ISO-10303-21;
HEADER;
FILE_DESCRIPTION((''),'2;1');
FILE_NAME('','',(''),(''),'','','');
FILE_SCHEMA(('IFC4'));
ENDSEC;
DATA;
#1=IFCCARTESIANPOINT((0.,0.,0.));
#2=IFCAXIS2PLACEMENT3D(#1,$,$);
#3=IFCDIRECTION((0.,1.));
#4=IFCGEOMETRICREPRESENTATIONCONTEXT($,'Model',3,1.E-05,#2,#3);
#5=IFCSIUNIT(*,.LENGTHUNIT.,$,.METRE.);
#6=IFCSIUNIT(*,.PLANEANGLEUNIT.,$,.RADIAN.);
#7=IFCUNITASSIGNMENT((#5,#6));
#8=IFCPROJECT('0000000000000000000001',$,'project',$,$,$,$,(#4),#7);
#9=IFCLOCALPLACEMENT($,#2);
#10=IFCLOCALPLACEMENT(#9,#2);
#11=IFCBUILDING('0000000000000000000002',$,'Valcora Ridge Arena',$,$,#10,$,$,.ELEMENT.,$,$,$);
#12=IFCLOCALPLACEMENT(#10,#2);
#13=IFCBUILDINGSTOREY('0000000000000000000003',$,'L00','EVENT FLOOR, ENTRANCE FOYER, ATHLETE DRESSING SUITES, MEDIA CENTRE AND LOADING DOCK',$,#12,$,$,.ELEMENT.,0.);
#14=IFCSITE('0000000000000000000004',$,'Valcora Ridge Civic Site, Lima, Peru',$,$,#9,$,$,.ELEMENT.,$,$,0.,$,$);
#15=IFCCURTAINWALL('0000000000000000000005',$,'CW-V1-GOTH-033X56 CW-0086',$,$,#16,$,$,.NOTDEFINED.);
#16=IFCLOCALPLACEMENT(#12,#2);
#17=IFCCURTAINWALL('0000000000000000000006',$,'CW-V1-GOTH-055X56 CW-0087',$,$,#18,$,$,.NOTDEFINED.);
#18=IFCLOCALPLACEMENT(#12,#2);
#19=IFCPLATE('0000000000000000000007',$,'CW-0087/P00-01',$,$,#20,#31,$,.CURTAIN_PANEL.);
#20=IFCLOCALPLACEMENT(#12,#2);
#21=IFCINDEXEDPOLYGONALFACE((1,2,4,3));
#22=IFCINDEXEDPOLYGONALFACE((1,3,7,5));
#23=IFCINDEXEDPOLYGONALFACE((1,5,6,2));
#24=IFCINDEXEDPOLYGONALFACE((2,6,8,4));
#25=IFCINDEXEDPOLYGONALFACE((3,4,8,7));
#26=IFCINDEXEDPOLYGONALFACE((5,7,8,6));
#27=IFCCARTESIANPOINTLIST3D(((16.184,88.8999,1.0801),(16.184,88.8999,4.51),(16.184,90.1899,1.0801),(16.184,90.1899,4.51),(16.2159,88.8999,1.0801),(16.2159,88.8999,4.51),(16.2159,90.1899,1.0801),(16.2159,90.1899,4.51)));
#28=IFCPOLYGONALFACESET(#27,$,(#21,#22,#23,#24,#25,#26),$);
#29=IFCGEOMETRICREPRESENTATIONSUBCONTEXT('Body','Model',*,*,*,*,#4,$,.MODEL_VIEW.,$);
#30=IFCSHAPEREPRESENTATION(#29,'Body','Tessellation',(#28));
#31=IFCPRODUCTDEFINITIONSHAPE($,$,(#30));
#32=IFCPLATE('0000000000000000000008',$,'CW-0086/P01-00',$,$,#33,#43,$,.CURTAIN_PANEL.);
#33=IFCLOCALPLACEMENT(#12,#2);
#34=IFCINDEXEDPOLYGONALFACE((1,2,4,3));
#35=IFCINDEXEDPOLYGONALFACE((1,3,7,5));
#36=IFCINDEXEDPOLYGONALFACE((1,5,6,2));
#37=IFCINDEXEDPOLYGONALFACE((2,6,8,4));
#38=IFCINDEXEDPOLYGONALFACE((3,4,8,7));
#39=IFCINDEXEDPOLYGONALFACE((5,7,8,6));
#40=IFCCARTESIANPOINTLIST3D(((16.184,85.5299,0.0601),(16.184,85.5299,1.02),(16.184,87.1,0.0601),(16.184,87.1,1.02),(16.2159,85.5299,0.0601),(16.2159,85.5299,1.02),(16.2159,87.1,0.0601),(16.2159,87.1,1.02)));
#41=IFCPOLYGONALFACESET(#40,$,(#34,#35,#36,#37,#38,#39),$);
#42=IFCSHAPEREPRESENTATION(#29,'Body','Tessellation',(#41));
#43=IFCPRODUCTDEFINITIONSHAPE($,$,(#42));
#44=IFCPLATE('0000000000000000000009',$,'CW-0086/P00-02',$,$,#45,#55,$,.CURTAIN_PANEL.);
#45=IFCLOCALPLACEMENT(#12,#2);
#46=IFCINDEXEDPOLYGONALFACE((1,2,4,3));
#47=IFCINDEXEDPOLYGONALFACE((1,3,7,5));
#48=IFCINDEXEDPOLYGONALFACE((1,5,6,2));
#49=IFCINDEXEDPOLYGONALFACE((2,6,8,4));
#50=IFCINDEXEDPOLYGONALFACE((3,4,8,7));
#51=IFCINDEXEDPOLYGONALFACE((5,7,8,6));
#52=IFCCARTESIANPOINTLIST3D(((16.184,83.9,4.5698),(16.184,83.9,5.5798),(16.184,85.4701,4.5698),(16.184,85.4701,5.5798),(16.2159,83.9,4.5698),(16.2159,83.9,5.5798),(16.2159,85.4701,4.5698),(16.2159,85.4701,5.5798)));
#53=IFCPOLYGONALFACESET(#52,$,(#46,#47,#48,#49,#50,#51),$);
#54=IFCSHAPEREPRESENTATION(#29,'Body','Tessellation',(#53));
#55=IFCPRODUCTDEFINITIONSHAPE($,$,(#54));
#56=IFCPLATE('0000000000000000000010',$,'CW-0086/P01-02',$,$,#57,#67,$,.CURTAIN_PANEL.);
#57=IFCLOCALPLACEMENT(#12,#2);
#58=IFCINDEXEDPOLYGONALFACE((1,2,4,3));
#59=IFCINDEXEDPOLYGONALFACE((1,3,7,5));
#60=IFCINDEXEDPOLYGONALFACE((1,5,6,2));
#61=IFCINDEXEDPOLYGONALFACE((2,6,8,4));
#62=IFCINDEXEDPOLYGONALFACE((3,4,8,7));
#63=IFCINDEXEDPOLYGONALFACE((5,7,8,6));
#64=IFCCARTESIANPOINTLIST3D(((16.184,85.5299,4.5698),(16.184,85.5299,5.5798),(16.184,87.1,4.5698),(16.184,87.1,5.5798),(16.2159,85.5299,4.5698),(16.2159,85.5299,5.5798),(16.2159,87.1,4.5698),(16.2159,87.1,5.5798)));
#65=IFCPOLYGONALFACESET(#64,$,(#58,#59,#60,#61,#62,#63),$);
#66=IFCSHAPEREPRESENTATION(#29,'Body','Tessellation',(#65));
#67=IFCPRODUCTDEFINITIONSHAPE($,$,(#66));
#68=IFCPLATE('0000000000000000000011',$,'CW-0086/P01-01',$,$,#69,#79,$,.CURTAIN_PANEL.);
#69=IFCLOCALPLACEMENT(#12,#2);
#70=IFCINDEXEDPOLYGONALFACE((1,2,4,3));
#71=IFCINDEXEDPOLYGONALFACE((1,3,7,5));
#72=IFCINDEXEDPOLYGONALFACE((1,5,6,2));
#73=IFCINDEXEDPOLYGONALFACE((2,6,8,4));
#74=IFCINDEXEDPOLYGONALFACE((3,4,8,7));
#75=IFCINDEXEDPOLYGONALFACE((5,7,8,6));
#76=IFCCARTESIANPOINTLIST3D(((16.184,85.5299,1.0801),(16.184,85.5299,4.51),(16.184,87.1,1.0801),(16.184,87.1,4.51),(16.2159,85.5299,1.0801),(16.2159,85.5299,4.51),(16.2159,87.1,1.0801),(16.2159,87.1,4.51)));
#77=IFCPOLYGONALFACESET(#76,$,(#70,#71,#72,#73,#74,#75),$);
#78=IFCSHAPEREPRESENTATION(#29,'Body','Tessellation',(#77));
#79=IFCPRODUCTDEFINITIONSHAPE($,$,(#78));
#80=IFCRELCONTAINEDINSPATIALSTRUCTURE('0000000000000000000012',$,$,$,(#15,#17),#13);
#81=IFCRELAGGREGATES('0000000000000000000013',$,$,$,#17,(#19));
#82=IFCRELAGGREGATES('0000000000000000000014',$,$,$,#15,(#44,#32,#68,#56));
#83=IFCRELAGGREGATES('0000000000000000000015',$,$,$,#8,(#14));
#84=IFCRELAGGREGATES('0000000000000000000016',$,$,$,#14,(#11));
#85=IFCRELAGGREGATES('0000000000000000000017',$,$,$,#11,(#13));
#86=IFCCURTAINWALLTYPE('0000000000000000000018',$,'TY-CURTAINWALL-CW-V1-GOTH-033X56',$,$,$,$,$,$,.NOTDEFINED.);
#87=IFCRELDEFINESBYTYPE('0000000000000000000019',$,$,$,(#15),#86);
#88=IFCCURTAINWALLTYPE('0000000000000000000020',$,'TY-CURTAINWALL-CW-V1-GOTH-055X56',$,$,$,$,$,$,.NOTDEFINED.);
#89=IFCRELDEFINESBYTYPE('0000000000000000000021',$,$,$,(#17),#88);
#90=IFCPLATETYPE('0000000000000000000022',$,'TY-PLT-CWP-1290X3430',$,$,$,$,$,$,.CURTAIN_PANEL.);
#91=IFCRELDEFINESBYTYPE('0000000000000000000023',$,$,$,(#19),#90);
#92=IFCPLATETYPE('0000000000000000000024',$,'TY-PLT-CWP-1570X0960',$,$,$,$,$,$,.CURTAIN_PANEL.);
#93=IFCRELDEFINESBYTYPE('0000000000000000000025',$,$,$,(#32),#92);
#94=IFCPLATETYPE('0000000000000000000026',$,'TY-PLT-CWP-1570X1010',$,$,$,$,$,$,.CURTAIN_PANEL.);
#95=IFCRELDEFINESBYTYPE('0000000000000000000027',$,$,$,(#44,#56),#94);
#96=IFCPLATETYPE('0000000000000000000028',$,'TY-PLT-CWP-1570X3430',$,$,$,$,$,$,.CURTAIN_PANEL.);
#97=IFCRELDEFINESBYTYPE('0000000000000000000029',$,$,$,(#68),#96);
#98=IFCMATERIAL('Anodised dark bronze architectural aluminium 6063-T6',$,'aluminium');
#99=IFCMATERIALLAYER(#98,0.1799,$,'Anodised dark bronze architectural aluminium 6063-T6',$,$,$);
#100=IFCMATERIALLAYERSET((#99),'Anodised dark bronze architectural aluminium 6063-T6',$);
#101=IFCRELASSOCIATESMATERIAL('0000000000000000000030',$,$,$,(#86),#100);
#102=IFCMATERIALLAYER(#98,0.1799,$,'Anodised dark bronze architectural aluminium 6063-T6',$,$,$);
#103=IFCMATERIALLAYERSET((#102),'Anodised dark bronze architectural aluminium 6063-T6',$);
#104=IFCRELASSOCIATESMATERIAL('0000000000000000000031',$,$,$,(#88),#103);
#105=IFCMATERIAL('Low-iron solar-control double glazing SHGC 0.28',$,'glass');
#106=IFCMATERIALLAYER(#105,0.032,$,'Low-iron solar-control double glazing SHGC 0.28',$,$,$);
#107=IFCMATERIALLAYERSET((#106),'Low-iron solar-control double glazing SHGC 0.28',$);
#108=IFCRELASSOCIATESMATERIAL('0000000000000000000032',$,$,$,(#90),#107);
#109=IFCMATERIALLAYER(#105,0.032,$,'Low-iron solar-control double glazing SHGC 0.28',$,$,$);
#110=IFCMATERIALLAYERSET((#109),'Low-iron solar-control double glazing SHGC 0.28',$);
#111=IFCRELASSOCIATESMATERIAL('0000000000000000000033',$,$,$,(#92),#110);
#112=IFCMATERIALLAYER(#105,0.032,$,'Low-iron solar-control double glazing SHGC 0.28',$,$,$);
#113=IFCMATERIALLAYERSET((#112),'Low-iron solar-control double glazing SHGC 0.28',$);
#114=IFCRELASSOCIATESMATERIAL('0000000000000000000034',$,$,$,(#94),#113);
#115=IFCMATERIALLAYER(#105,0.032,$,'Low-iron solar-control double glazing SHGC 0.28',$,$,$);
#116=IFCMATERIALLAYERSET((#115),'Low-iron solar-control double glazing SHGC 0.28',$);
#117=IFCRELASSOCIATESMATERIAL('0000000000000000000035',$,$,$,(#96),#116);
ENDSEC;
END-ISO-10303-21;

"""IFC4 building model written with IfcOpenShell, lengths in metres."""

from ifc_helpers import new_model, si_unit, direction, frame, origin, origin_2d, place, context, subcontext, project, spatial, rectangle, extrude, material, layer, layer_set, type_object, element, aggregate, save


model = new_model("IFC4")

# Units and contexts
model_context = context("Model", 3, precision=1e-05, world=origin(), true_north=direction((0.0, 1.0)))
body_context = subcontext(model_context, "Body", "Model", "MODEL_VIEW")
ifc_project = project(units=[si_unit("LENGTHUNIT", "METRE"), si_unit("PLANEANGLEUNIT", "RADIAN")], contexts=[model_context])

# Site, building, storey
site_placement = place(None, origin())
site = spatial("IfcSite", under=ifc_project, at=site_placement, Name="Valcora Ridge Civic Site, Lima, Peru", CompositionType="ELEMENT", RefElevation=0.0)
building_placement = place(site_placement, origin())
building = spatial("IfcBuilding", under=site, at=building_placement, Name="Valcora Ridge Arena", CompositionType="ELEMENT")
storey_placement = place(building_placement, origin())
storey = spatial("IfcBuildingStorey", under=building, at=storey_placement, Name="L00", Description="EVENT FLOOR, ENTRANCE FOYER, ATHLETE DRESSING SUITES, MEDIA CENTRE AND LOADING DOCK", CompositionType="ELEMENT", Elevation=0.0)

# Curtain walls
ifc_material_1 = material(Name="Anodised dark bronze architectural aluminium 6063-T6", Category="aluminium")
ifc_layer_1 = layer(ifc_material_1, 0.1799, Name="Anodised dark bronze architectural aluminium 6063-T6")
ifc_layer_set_1 = layer_set([ifc_layer_1], Name="Anodised dark bronze architectural aluminium 6063-T6")
curtain_wall_type_1 = type_object("IfcCurtainWallType", Name="TY-CURTAINWALL-CW-V1-GOTH-033X56", PredefinedType="NOTDEFINED", material=ifc_layer_set_1)
curtain_wall_1_placement = place(storey_placement, origin())
curtain_wall_1 = element("IfcCurtainWall", 1, at=curtain_wall_1_placement, inside=storey, type_object=curtain_wall_type_1, Name="CW-V1-GOTH-033X56 CW-0086", PredefinedType="NOTDEFINED")
ifc_layer_2 = layer(ifc_material_1, 0.1799, Name="Anodised dark bronze architectural aluminium 6063-T6")
ifc_layer_set_2 = layer_set([ifc_layer_2], Name="Anodised dark bronze architectural aluminium 6063-T6")
curtain_wall_type_2 = type_object("IfcCurtainWallType", Name="TY-CURTAINWALL-CW-V1-GOTH-055X56", PredefinedType="NOTDEFINED", material=ifc_layer_set_2)
curtain_wall_2_placement = place(storey_placement, origin())
curtain_wall_2 = element("IfcCurtainWall", 2, at=curtain_wall_2_placement, inside=storey, type_object=curtain_wall_type_2, Name="CW-V1-GOTH-055X56 CW-0087", PredefinedType="NOTDEFINED")

# Plates
ifc_material_2 = material(Name="Low-iron solar-control double glazing SHGC 0.28", Category="glass")
ifc_layer_3 = layer(ifc_material_2, 0.032, Name="Low-iron solar-control double glazing SHGC 0.28")
ifc_layer_set_3 = layer_set([ifc_layer_3], Name="Low-iron solar-control double glazing SHGC 0.28")
plate_type_1 = type_object("IfcPlateType", Name="TY-PLT-CWP-1290X3430", PredefinedType="CURTAIN_PANEL", material=ifc_layer_set_3)
plate_1_placement = place(storey_placement, frame((16.2, 89.5449, 1.0801), z_axis=(0.0, 0.0, 1.0), x_axis=(0.0, 1.0, 0.0)))
plate_1 = element("IfcPlate", 3, at=plate_1_placement, type_object=plate_type_1, Name="CW-0087/P00-01", PredefinedType="CURTAIN_PANEL", context=body_context, shape_type="SweptSolid", body=[
    extrude(rectangle(XDim=1.29, YDim=0.032, at=origin_2d()), origin(), (0.0, 0.0, 1.0), 3.4299),
])
aggregate(curtain_wall_2, [plate_1])
ifc_layer_4 = layer(ifc_material_2, 0.032, Name="Low-iron solar-control double glazing SHGC 0.28")
ifc_layer_set_4 = layer_set([ifc_layer_4], Name="Low-iron solar-control double glazing SHGC 0.28")
plate_type_2 = type_object("IfcPlateType", Name="TY-PLT-CWP-1570X0960", PredefinedType="CURTAIN_PANEL", material=ifc_layer_set_4)
plate_2_placement = place(storey_placement, frame((16.2, 86.3149, 0.0601), z_axis=(0.0, 0.0, 1.0), x_axis=(0.0, 1.0, 0.0)))
plate_2 = element("IfcPlate", 4, at=plate_2_placement, type_object=plate_type_2, Name="CW-0086/P01-00", PredefinedType="CURTAIN_PANEL", context=body_context, shape_type="SweptSolid", body=[
    extrude(rectangle(XDim=1.5701, YDim=0.032, at=origin_2d()), origin(), (0.0, 0.0, 1.0), 0.96),
])
ifc_layer_5 = layer(ifc_material_2, 0.032, Name="Low-iron solar-control double glazing SHGC 0.28")
ifc_layer_set_5 = layer_set([ifc_layer_5], Name="Low-iron solar-control double glazing SHGC 0.28")
plate_type_3 = type_object("IfcPlateType", Name="TY-PLT-CWP-1570X1010", PredefinedType="CURTAIN_PANEL", material=ifc_layer_set_5)
plate_3_placement = place(storey_placement, frame((16.2, 84.6851, 4.5698), z_axis=(0.0, 0.0, 1.0), x_axis=(0.0, 1.0, 0.0)))
plate_3 = element("IfcPlate", 5, at=plate_3_placement, type_object=plate_type_3, Name="CW-0086/P00-02", PredefinedType="CURTAIN_PANEL", context=body_context, shape_type="SweptSolid", body=[
    extrude(rectangle(XDim=1.5701, YDim=0.032, at=origin_2d()), origin(), (0.0, 0.0, 1.0), 1.01),
])
plate_4_placement = place(storey_placement, frame((16.2, 86.3149, 4.5698), z_axis=(0.0, 0.0, 1.0), x_axis=(0.0, 1.0, 0.0)))
plate_4 = element("IfcPlate", 6, at=plate_4_placement, type_object=plate_type_3, Name="CW-0086/P01-02", PredefinedType="CURTAIN_PANEL", context=body_context, shape_type="SweptSolid", body=[
    extrude(rectangle(XDim=1.5701, YDim=0.032, at=origin_2d()), origin(), (0.0, 0.0, 1.0), 1.01),
])
ifc_layer_6 = layer(ifc_material_2, 0.032, Name="Low-iron solar-control double glazing SHGC 0.28")
ifc_layer_set_6 = layer_set([ifc_layer_6], Name="Low-iron solar-control double glazing SHGC 0.28")
plate_type_4 = type_object("IfcPlateType", Name="TY-PLT-CWP-1570X3430", PredefinedType="CURTAIN_PANEL", material=ifc_layer_set_6)
plate_5_placement = place(storey_placement, frame((16.2, 86.3149, 1.0801), z_axis=(0.0, 0.0, 1.0), x_axis=(0.0, 1.0, 0.0)))
plate_5 = element("IfcPlate", 7, at=plate_5_placement, type_object=plate_type_4, Name="CW-0086/P01-01", PredefinedType="CURTAIN_PANEL", context=body_context, shape_type="SweptSolid", body=[
    extrude(rectangle(XDim=1.5701, YDim=0.032, at=origin_2d()), origin(), (0.0, 0.0, 1.0), 3.4299),
])
aggregate(curtain_wall_1, [plate_3, plate_2, plate_5, plate_4])

save(model, "model.ifc")
